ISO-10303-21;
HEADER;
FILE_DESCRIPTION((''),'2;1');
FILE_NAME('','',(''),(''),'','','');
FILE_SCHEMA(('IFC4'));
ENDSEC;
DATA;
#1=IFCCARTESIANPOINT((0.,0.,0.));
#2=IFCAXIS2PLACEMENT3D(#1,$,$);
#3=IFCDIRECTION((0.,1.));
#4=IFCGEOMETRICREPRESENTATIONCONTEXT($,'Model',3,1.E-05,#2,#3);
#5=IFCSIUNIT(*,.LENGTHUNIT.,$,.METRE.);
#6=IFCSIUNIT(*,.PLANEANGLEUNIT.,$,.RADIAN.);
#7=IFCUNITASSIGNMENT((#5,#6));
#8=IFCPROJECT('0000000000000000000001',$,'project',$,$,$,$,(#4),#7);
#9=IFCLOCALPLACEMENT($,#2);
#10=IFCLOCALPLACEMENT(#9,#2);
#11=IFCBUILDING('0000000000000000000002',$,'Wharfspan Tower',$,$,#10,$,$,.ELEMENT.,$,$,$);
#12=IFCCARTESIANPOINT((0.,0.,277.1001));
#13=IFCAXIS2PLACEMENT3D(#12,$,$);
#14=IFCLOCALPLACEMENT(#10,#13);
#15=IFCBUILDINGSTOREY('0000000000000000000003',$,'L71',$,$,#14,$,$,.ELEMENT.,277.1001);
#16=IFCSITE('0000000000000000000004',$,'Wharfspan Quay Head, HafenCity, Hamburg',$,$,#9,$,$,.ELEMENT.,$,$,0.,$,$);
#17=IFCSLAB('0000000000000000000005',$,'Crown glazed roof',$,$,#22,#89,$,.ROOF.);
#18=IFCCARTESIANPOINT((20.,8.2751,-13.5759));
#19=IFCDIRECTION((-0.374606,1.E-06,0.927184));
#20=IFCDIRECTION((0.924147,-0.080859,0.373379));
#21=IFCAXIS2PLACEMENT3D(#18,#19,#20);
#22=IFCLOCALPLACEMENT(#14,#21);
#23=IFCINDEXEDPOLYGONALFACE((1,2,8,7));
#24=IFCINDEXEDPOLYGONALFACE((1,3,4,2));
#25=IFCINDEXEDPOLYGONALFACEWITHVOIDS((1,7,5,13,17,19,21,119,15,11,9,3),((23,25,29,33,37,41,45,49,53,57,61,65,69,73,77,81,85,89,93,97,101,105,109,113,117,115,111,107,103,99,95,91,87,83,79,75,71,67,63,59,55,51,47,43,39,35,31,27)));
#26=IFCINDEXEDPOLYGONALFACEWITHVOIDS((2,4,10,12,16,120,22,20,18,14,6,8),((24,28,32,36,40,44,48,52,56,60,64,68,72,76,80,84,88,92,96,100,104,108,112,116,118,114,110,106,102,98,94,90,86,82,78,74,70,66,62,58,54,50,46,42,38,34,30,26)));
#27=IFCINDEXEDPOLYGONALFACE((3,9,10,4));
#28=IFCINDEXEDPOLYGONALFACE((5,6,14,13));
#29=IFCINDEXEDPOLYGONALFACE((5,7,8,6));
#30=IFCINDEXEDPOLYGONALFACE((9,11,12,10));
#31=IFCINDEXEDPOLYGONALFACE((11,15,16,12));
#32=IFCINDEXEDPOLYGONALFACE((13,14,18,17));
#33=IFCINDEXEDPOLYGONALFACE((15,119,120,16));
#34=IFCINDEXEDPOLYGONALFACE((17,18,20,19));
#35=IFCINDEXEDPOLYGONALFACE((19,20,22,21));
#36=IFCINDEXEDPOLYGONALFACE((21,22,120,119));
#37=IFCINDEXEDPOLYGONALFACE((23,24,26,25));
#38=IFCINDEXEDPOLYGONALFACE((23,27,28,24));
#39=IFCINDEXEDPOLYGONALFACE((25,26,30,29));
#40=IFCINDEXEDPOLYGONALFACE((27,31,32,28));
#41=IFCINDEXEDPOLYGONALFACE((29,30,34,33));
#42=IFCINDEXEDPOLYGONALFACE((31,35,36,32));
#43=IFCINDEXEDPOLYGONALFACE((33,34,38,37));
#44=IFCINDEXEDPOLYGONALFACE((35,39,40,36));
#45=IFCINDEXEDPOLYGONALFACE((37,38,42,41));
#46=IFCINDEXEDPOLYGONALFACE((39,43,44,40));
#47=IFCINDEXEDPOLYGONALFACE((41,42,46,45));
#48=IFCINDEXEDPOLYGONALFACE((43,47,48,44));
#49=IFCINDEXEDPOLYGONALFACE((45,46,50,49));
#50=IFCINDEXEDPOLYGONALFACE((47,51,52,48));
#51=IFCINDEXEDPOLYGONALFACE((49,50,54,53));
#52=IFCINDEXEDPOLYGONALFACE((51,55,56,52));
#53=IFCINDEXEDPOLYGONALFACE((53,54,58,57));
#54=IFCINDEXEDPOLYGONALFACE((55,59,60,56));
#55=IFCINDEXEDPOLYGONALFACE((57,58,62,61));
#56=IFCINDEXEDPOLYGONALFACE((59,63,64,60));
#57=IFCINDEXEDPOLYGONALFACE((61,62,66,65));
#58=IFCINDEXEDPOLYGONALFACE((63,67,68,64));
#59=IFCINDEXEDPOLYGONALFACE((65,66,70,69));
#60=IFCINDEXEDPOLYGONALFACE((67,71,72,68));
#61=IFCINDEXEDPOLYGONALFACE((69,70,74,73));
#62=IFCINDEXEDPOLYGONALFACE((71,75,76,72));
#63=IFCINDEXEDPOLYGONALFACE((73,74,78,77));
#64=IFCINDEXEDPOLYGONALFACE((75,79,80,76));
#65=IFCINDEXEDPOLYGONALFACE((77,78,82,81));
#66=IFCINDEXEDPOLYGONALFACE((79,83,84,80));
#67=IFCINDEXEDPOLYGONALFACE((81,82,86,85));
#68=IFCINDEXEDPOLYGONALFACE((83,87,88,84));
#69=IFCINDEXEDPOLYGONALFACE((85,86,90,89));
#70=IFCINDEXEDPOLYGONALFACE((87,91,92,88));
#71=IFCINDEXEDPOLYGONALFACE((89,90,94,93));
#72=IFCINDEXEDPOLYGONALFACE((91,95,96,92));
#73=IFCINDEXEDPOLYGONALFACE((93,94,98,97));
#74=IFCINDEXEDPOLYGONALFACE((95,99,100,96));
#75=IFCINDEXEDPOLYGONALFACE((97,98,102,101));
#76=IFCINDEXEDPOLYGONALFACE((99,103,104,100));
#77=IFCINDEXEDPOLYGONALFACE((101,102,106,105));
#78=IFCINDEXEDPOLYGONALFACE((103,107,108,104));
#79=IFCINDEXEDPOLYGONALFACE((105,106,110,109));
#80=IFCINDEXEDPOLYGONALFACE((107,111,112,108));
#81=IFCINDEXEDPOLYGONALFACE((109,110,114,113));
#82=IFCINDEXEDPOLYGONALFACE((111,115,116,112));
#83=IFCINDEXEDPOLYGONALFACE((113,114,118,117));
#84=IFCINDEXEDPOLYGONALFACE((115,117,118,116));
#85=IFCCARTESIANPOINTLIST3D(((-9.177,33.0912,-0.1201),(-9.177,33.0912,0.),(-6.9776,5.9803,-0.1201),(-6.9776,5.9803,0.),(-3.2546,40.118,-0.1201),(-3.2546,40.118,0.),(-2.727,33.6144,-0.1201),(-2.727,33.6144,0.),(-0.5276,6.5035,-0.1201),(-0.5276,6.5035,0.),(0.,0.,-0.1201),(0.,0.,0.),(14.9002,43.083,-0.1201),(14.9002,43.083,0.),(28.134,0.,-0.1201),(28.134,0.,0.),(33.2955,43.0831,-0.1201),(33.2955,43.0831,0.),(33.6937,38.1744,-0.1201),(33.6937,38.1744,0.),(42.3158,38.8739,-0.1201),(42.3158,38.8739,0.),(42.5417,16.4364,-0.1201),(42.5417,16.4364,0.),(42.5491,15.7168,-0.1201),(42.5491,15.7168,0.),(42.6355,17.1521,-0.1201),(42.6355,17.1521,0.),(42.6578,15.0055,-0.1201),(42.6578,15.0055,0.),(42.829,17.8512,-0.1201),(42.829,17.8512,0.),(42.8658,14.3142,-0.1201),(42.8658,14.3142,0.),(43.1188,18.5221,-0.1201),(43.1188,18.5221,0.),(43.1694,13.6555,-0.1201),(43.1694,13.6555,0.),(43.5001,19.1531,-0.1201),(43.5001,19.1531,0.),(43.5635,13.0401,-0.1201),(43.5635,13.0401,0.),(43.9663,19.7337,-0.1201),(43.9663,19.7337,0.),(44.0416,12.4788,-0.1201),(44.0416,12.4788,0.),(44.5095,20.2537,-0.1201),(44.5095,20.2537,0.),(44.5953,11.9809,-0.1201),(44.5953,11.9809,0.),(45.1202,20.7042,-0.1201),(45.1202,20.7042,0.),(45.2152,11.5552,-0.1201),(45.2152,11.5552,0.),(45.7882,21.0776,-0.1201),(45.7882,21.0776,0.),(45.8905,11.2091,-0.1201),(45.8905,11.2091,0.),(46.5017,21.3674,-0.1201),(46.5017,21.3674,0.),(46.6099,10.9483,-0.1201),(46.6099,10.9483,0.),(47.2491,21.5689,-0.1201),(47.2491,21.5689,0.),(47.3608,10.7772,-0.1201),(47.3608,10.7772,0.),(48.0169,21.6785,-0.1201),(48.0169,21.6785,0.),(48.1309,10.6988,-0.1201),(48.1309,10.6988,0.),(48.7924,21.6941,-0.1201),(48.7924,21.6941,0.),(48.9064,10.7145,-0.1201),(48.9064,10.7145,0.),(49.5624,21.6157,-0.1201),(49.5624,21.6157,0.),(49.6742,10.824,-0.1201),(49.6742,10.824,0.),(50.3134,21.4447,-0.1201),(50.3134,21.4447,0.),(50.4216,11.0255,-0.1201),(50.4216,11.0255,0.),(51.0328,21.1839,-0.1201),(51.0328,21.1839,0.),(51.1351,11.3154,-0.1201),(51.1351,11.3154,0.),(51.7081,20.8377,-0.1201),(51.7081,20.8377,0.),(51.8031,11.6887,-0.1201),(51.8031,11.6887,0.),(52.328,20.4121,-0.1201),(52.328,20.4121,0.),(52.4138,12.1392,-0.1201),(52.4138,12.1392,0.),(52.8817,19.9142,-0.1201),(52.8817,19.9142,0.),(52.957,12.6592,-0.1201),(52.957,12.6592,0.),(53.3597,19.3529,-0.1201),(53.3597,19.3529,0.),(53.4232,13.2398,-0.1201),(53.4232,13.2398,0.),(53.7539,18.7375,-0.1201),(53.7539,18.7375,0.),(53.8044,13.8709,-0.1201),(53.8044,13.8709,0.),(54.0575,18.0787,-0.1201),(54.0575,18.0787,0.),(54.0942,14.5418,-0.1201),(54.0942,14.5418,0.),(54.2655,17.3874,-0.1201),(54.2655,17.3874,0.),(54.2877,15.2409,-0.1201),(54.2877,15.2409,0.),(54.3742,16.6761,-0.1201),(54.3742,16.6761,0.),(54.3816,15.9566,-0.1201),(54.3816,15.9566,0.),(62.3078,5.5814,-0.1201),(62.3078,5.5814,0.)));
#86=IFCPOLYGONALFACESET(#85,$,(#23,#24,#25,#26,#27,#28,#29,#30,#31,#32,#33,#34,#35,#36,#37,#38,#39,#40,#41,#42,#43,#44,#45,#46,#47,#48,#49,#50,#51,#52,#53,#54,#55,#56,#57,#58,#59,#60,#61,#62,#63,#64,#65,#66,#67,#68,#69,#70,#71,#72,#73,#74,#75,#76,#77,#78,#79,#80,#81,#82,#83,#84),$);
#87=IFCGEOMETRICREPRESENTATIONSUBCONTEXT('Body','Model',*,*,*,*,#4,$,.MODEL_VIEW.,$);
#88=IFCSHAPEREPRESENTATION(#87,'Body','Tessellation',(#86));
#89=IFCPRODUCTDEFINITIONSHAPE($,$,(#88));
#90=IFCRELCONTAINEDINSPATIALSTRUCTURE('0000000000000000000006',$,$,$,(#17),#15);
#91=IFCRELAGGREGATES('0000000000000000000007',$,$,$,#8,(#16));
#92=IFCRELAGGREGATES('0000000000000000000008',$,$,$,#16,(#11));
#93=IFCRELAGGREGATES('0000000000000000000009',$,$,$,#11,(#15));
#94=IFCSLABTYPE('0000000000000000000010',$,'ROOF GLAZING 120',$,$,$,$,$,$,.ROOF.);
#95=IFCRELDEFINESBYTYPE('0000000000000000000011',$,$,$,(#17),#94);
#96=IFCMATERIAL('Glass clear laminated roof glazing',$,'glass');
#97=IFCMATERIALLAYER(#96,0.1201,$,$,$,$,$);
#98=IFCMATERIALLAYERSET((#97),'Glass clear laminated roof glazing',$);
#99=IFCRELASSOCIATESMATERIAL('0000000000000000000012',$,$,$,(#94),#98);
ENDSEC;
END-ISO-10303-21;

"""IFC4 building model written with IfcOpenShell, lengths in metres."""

from ifc_helpers import new_model, si_unit, direction, frame, origin, place, context, subcontext, project, spatial, polyline, outline, extrude, material, layer, layer_set, type_object, element, save


model = new_model("IFC4")

# Units and contexts
model_context = context("Model", 3, precision=1e-05, world=origin(), true_north=direction((0.0, 1.0)))
body_context = subcontext(model_context, "Body", "Model", "MODEL_VIEW")
ifc_project = project(units=[si_unit("LENGTHUNIT", "METRE"), si_unit("PLANEANGLEUNIT", "RADIAN")], contexts=[model_context])

# Site, building, storey
site_placement = place(None, origin())
site = spatial("IfcSite", under=ifc_project, at=site_placement, Name="Wharfspan Quay Head, HafenCity, Hamburg", CompositionType="ELEMENT", RefElevation=0.0)
building_placement = place(site_placement, origin())
building = spatial("IfcBuilding", under=site, at=building_placement, Name="Wharfspan Tower", CompositionType="ELEMENT")
storey_placement = place(building_placement, frame((0.0, 0.0, 277.1001)))
storey = spatial("IfcBuildingStorey", under=building, at=storey_placement, Name="L71", CompositionType="ELEMENT", Elevation=277.1001)

# Slab
ifc_material_1 = material(Name="Glass clear laminated roof glazing", Category="glass")
ifc_layer_1 = layer(ifc_material_1, 0.1201)
ifc_layer_set_1 = layer_set([ifc_layer_1], Name="Glass clear laminated roof glazing")
slab_type_1 = type_object("IfcSlabType", Name="ROOF GLAZING 120", PredefinedType="ROOF", material=ifc_layer_set_1)
slab_1_placement = place(storey_placement, frame((20.0, 8.2751, -13.5759), z_axis=(-0.374606, 0.000001, 0.927184), x_axis=(0.924147, -0.080859, 0.373379)))
element("IfcSlab", 1, at=slab_1_placement, inside=storey, type_object=slab_type_1, Name="Crown glazed roof", PredefinedType="ROOF", context=body_context, shape_type="SweptSolid", body=[
    extrude(outline(polyline([(0.0, 0.0), (28.134, 0.0), (62.3078, 5.5814), (42.3158, 38.8739), (33.6937, 38.1744), (33.2955, 43.0831), (14.9002, 43.083), (-3.2546, 40.118), (-2.727, 33.6144), (-9.177, 33.0912), (-6.9776, 5.9803), (-0.5276, 6.5035), (0.0, 0.0)]), holes=[polyline([(54.3742, 16.6761), (54.2655, 17.3874), (54.0575, 18.0787), (53.7539, 18.7375), (53.3597, 19.3529), (52.8817, 19.9142), (52.328, 20.4121), (51.7081, 20.8377), (51.0328, 21.1839), (50.3134, 21.4447), (49.5624, 21.6157), (48.7924, 21.6941), (48.0169, 21.6785), (47.2491, 21.5689), (46.5017, 21.3674), (45.7882, 21.0776), (45.1202, 20.7042), (44.5095, 20.2537), (43.9663, 19.7337), (43.5001, 19.1531), (43.1188, 18.5221), (42.829, 17.8512), (42.6355, 17.1521), (42.5417, 16.4364), (42.5491, 15.7168), (42.6578, 15.0055), (42.8658, 14.3142), (43.1694, 13.6555), (43.5635, 13.0401), (44.0416, 12.4788), (44.5953, 11.9809), (45.2152, 11.5552), (45.8905, 11.2091), (46.6099, 10.9483), (47.3608, 10.7772), (48.1309, 10.6989), (48.9064, 10.7145), (49.6742, 10.824), (50.4216, 11.0255), (51.1351, 11.3154), (51.8031, 11.6887), (52.4138, 12.1392), (52.957, 12.6592), (53.4232, 13.2398), (53.8044, 13.8709), (54.0942, 14.5418), (54.2877, 15.2409), (54.3816, 15.9566), (54.3742, 16.6761)])]), origin(), (0.0, 0.0, -1.0), 0.1201),
])

save(model, "model.ifc")
